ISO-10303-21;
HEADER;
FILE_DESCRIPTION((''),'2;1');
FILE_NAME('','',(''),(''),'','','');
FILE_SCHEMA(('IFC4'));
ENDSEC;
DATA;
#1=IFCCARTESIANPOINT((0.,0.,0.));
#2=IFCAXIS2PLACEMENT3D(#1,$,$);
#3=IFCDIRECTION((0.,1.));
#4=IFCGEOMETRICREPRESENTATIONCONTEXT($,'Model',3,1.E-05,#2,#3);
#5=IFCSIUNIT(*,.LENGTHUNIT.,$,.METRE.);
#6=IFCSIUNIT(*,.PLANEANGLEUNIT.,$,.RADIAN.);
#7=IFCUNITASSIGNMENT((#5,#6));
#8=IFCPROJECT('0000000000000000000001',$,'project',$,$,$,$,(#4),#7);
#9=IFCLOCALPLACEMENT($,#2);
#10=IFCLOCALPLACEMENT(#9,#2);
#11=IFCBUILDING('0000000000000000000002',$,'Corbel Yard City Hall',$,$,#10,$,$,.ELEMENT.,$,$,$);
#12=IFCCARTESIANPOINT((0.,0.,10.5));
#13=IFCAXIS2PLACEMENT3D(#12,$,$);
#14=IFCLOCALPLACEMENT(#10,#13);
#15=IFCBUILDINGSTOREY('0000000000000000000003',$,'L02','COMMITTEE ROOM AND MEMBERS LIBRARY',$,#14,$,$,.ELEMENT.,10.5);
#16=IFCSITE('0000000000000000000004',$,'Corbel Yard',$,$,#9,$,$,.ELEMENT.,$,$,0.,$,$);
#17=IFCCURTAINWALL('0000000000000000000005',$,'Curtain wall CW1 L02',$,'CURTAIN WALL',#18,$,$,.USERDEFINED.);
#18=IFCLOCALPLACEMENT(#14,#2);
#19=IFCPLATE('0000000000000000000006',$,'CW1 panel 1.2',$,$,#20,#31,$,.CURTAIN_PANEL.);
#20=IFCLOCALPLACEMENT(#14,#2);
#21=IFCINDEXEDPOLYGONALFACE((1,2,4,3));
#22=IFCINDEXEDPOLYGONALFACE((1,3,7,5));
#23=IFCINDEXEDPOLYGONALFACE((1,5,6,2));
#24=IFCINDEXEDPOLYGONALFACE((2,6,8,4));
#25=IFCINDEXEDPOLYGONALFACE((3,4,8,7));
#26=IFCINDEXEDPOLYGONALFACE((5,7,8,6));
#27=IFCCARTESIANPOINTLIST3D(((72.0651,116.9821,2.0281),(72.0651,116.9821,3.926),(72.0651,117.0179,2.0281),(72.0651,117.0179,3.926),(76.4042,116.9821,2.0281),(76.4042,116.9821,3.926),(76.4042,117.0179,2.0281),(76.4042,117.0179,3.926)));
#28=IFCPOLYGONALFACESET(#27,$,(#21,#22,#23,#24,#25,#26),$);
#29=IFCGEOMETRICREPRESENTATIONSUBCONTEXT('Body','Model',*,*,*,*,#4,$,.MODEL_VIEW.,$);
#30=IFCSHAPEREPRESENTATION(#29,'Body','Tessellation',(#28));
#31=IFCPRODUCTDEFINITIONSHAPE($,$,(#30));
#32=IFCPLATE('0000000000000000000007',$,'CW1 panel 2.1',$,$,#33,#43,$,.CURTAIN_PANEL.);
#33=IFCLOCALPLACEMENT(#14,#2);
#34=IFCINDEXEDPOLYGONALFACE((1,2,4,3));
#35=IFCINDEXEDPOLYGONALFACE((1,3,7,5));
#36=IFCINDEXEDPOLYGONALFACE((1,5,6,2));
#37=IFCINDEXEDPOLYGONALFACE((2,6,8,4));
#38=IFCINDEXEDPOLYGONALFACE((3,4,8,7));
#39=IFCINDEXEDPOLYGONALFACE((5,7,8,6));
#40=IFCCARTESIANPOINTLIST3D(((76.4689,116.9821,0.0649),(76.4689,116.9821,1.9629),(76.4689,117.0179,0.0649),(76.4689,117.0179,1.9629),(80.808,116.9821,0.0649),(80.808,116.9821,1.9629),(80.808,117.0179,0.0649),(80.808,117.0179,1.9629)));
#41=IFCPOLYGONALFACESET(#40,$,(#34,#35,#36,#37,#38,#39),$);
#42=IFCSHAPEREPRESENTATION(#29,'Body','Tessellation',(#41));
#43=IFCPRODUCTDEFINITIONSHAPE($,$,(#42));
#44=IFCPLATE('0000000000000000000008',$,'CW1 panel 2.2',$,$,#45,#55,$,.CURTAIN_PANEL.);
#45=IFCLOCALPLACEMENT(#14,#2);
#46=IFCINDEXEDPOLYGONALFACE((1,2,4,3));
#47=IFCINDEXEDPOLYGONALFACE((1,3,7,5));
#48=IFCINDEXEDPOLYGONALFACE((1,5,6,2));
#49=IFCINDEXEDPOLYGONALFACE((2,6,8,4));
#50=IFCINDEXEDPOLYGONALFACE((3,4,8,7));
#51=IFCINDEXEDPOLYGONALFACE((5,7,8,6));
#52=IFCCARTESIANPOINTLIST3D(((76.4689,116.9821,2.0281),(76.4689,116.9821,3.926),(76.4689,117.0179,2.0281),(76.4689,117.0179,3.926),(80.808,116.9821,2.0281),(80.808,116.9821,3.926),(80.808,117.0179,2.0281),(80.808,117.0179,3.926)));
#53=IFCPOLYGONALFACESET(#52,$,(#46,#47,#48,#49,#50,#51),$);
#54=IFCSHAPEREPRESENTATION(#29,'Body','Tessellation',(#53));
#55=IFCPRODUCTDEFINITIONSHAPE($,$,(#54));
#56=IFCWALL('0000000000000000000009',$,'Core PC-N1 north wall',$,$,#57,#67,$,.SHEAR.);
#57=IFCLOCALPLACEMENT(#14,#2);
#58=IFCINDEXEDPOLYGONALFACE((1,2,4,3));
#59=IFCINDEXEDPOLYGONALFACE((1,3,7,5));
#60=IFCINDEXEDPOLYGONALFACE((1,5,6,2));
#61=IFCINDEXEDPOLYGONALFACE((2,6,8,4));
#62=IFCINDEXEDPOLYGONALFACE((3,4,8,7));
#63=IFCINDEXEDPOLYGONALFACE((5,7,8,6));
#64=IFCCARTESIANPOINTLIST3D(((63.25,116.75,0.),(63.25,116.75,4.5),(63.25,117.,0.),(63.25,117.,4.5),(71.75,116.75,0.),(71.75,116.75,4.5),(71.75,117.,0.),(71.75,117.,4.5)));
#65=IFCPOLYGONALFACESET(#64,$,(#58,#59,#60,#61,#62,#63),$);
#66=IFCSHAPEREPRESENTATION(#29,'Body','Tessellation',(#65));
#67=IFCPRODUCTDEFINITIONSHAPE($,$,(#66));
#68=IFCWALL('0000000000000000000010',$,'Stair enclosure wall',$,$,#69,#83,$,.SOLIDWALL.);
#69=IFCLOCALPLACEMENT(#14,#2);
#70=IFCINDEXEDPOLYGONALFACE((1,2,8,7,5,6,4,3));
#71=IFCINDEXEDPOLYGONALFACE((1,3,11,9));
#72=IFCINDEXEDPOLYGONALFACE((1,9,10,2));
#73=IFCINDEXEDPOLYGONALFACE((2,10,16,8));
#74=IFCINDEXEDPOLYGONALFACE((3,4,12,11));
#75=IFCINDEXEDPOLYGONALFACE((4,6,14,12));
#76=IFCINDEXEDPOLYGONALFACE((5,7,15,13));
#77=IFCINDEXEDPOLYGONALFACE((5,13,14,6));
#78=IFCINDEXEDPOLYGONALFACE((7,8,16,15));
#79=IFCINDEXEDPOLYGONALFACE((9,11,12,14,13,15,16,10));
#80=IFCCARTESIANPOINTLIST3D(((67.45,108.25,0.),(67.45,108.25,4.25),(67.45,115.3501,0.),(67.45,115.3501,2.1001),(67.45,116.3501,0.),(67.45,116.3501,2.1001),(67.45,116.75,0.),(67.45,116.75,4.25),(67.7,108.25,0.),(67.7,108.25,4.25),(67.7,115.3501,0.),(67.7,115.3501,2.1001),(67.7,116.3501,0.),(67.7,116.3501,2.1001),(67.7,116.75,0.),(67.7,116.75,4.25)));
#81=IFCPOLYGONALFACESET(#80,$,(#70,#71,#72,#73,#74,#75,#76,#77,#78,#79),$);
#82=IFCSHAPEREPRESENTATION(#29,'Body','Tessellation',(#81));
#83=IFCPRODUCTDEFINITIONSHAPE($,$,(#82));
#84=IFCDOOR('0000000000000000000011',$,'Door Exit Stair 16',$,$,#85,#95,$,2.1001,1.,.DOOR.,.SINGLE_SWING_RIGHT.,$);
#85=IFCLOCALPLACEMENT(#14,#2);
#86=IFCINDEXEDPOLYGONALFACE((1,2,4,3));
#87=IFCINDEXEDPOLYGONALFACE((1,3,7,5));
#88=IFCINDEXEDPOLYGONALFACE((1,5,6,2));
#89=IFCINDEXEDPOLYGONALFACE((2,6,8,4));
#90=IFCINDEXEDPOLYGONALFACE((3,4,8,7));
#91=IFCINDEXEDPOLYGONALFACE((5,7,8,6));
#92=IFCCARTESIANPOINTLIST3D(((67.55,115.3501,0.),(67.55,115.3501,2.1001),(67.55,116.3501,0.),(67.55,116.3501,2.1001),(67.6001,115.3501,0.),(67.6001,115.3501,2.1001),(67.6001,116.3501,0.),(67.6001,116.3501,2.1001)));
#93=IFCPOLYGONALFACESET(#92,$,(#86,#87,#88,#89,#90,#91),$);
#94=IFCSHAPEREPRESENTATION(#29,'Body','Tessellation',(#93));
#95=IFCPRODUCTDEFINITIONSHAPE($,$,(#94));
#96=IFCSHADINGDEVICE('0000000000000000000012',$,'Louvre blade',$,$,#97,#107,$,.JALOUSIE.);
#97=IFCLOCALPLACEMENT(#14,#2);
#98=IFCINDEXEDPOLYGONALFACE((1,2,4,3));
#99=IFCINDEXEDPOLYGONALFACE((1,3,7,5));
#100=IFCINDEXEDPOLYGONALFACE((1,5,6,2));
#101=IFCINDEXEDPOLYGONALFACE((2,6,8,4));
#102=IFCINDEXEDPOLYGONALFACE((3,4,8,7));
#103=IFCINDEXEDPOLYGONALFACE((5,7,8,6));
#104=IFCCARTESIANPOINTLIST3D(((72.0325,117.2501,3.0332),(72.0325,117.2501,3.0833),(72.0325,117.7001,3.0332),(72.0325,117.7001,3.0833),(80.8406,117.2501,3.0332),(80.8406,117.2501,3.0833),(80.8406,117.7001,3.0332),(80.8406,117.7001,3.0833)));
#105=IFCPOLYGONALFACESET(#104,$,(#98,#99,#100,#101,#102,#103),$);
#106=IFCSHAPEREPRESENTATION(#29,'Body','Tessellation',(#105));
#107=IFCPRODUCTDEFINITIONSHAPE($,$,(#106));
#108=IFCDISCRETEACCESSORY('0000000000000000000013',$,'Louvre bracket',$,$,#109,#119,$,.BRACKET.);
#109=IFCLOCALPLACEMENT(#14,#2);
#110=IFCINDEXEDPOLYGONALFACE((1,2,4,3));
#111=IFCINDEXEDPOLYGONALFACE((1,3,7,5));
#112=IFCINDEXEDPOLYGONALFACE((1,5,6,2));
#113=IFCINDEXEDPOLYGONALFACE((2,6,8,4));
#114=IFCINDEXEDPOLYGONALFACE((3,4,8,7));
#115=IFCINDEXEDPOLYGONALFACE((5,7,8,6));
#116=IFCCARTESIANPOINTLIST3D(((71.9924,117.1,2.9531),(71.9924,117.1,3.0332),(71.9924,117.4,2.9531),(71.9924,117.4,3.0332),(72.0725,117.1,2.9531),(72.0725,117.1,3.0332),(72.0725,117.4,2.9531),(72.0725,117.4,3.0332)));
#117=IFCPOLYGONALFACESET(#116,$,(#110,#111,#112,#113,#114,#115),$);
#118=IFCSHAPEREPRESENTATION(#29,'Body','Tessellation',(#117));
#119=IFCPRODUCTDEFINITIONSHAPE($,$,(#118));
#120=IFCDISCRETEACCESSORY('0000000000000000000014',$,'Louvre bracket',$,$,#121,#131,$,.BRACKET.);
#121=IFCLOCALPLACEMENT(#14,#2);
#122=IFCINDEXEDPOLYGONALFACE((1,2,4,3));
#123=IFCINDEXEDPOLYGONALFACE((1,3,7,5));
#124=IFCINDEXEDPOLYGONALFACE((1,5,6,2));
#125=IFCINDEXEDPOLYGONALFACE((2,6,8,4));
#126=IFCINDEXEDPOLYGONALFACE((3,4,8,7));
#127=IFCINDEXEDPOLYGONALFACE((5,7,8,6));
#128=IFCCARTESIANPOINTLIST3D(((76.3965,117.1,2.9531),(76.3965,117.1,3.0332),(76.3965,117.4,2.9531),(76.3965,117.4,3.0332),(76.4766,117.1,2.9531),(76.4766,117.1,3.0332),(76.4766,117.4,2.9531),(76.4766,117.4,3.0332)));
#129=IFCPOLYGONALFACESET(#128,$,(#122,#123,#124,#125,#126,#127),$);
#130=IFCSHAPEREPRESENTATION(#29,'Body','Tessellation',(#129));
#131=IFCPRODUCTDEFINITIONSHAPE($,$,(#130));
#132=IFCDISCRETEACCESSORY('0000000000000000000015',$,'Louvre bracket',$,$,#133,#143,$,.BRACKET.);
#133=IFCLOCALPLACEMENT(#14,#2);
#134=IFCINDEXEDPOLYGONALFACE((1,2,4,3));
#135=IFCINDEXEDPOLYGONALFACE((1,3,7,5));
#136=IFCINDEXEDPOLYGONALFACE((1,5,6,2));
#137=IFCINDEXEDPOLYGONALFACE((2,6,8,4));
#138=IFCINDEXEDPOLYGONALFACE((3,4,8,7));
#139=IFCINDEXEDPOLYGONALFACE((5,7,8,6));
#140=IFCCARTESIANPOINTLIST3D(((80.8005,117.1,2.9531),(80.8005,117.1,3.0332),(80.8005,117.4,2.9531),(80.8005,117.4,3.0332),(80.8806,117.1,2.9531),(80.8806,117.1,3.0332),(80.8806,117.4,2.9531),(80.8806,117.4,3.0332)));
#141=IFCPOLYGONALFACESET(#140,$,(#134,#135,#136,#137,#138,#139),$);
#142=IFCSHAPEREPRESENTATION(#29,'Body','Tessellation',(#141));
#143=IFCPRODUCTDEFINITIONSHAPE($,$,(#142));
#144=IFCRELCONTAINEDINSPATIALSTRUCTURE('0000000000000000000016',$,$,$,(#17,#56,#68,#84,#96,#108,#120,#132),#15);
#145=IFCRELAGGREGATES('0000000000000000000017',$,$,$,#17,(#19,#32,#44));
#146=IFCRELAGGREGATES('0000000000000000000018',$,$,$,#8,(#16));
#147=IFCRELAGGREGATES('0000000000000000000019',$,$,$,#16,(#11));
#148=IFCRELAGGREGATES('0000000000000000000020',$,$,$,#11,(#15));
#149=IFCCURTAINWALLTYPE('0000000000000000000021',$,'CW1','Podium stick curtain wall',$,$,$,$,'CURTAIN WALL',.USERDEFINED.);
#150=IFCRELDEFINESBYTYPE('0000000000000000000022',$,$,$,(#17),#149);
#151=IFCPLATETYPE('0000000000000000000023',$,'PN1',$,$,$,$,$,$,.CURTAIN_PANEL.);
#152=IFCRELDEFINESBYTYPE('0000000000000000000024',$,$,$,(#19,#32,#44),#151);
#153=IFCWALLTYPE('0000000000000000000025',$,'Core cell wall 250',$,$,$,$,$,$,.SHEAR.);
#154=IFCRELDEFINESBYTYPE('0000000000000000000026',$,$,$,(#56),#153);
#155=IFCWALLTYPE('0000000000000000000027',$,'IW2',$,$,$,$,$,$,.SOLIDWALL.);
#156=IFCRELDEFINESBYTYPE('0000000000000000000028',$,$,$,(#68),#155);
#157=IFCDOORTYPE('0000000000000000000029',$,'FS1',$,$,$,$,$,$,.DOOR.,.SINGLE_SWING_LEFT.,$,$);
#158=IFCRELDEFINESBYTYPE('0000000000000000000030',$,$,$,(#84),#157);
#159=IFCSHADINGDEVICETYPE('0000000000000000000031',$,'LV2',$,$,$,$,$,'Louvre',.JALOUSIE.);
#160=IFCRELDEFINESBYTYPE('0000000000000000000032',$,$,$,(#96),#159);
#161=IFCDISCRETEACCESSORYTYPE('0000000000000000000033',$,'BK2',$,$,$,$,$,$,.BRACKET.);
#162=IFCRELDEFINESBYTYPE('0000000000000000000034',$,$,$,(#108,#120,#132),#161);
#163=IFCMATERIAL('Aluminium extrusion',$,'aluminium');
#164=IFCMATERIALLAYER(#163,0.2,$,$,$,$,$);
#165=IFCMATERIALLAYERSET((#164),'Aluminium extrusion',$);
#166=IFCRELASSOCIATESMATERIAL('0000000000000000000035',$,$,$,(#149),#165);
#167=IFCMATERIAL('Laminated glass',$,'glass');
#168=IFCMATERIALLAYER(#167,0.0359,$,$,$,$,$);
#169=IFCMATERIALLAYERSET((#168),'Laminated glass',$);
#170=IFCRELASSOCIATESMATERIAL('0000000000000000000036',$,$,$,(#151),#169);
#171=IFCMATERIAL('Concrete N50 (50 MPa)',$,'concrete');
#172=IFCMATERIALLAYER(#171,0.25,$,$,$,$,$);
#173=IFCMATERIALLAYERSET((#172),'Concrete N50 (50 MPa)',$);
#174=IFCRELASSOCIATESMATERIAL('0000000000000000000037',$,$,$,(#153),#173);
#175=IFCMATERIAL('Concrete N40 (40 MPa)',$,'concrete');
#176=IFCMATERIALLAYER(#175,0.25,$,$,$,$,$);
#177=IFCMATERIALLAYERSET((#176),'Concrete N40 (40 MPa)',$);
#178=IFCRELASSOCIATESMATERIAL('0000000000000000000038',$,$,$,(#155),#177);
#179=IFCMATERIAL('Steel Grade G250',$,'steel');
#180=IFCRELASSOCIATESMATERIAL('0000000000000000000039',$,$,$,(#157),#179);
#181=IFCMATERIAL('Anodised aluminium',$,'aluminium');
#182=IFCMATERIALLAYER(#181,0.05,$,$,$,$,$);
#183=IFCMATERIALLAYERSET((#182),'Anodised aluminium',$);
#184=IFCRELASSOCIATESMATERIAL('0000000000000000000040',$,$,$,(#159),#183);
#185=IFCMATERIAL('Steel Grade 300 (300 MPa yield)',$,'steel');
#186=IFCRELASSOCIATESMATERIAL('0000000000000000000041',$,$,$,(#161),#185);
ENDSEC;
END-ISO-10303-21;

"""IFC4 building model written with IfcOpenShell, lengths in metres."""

from ifc_helpers import new_model, si_unit, direction, frame, frame_2d, origin, origin_2d, place, context, subcontext, project, spatial, rectangle, extrude, material, layer, layer_set, type_object, element, fill, aggregate, save


model = new_model("IFC4")

# Units and contexts
model_context = context("Model", 3, precision=1e-05, world=origin(), true_north=direction((0.0, 1.0)))
body_context = subcontext(model_context, "Body", "Model", "MODEL_VIEW")
ifc_project = project(units=[si_unit("LENGTHUNIT", "METRE"), si_unit("PLANEANGLEUNIT", "RADIAN")], contexts=[model_context])

# Site, building, storey
site_placement = place(None, origin())
site = spatial("IfcSite", under=ifc_project, at=site_placement, Name="Corbel Yard", CompositionType="ELEMENT", RefElevation=0.0)
building_placement = place(site_placement, origin())
building = spatial("IfcBuilding", under=site, at=building_placement, Name="Corbel Yard City Hall", CompositionType="ELEMENT")
storey_placement = place(building_placement, frame((0.0, 0.0, 10.5)))
storey = spatial("IfcBuildingStorey", under=building, at=storey_placement, Name="L02", Description="COMMITTEE ROOM AND MEMBERS LIBRARY", CompositionType="ELEMENT", Elevation=10.5)

# Shared definitions
ifc_material_1 = material(Name="Steel Grade 300 (300 MPa yield)", Category="steel")

# Curtain wall, plates
ifc_material_2 = material(Name="Aluminium extrusion", Category="aluminium")
ifc_layer_1 = layer(ifc_material_2, 0.2)
ifc_layer_set_1 = layer_set([ifc_layer_1], Name="Aluminium extrusion")
curtain_wall_type = type_object("IfcCurtainWallType", Name="CW1", Description="Podium stick curtain wall", ElementType="CURTAIN WALL", PredefinedType="USERDEFINED", material=ifc_layer_set_1)
curtain_wall_placement = place(storey_placement, origin())
curtain_wall = element("IfcCurtainWall", 1, at=curtain_wall_placement, inside=storey, type_object=curtain_wall_type, Name="Curtain wall CW1 L02", ObjectType="CURTAIN WALL", PredefinedType="USERDEFINED")
ifc_material_3 = material(Name="Laminated glass", Category="glass")
ifc_layer_2 = layer(ifc_material_3, 0.0359)
ifc_layer_set_2 = layer_set([ifc_layer_2], Name="Laminated glass")
plate_type = type_object("IfcPlateType", Name="PN1", PredefinedType="CURTAIN_PANEL", material=ifc_layer_set_2)
plate_1_placement = place(storey_placement, frame((74.2346, 117.0, 2.0281), z_axis=(0.0, 0.0, 1.0), x_axis=(1.0, 0.0, 0.0)))
plate_1 = element("IfcPlate", 2, at=plate_1_placement, type_object=plate_type, Name="CW1 panel 1.2", PredefinedType="CURTAIN_PANEL", context=body_context, shape_type="SweptSolid", body=[
    extrude(rectangle(XDim=4.3391, YDim=0.0359, at=origin_2d()), origin(), (0.0, 0.0, 1.0), 1.8979),
])
plate_2_placement = place(storey_placement, frame((78.6384, 117.0, 0.0649), z_axis=(0.0, 0.0, 1.0), x_axis=(1.0, 0.0, 0.0)))
plate_2 = element("IfcPlate", 3, at=plate_2_placement, type_object=plate_type, Name="CW1 panel 2.1", PredefinedType="CURTAIN_PANEL", context=body_context, shape_type="SweptSolid", body=[
    extrude(rectangle(XDim=4.3391, YDim=0.0359, at=origin_2d()), origin(), (0.0, 0.0, 1.0), 1.8979),
])
plate_3_placement = place(storey_placement, frame((78.6384, 117.0, 2.0281), z_axis=(0.0, 0.0, 1.0), x_axis=(1.0, 0.0, 0.0)))
plate_3 = element("IfcPlate", 4, at=plate_3_placement, type_object=plate_type, Name="CW1 panel 2.2", PredefinedType="CURTAIN_PANEL", context=body_context, shape_type="SweptSolid", body=[
    extrude(rectangle(XDim=4.3391, YDim=0.0359, at=origin_2d()), origin(), (0.0, 0.0, 1.0), 1.8979),
])
aggregate(curtain_wall, [plate_1, plate_2, plate_3])

# Wall
ifc_material_4 = material(Name="Concrete N50 (50 MPa)", Category="concrete")
ifc_layer_3 = layer(ifc_material_4, 0.25)
ifc_layer_set_3 = layer_set([ifc_layer_3], Name="Concrete N50 (50 MPa)")
wall_type_1 = type_object("IfcWallType", Name="Core cell wall 250", PredefinedType="SHEAR", material=ifc_layer_set_3)
wall_1_placement = place(storey_placement, frame((63.25, 116.875, 0.0), z_axis=(0.0, 0.0, 1.0), x_axis=(1.0, 0.0, 0.0)))
element("IfcWall", 5, at=wall_1_placement, inside=storey, type_object=wall_type_1, Name="Core PC-N1 north wall", PredefinedType="SHEAR", context=body_context, shape_type="SweptSolid", body=[
    extrude(rectangle(XDim=8.5, YDim=0.25, at=frame_2d((4.25, 0.0))), origin(), (0.0, 0.0, 1.0), 4.5),
])

# Wall, opening, door
ifc_material_5 = material(Name="Concrete N40 (40 MPa)", Category="concrete")
ifc_layer_4 = layer(ifc_material_5, 0.25)
ifc_layer_set_4 = layer_set([ifc_layer_4], Name="Concrete N40 (40 MPa)")
wall_type_2 = type_object("IfcWallType", Name="IW2", PredefinedType="SOLIDWALL", material=ifc_layer_set_4)
wall_2_placement = place(storey_placement, frame((67.575, 116.75, 0.0), z_axis=(0.0, 0.0, 1.0), x_axis=(0.0, -1.0, 0.0)))
wall_2 = element("IfcWall", 6, at=wall_2_placement, inside=storey, type_object=wall_type_2, Name="Stair enclosure wall", PredefinedType="SOLIDWALL", context=body_context, shape_type="SweptSolid", body=[
    extrude(rectangle(XDim=8.5, YDim=0.25, at=frame_2d((4.25, 0.0))), origin(), (0.0, 0.0, 1.0), 4.25),
])
opening_placement = place(wall_2_placement, frame((0.3999, 0.0, 0.0)))
opening = element("IfcOpeningElement", 7, at=opening_placement, cuts=wall_2, PredefinedType="OPENING", context=body_context, shape_type="SweptSolid", body=[
    extrude(rectangle(XDim=1.0, YDim=2.1001, at=frame_2d((0.5, 1.05))), frame((0.0, 0.135, 0.0), z_axis=(0.0, -1.0, 0.0), x_axis=(1.0, 0.0, 0.0)), (0.0, 0.0, 1.0), 0.27),
])
ifc_material_6 = material(Name="Steel Grade G250", Category="steel")
door_type = type_object("IfcDoorType", Name="FS1", OperationType="SINGLE_SWING_LEFT", PredefinedType="DOOR", material=ifc_material_6)
door_placement = place(opening_placement, frame((1.0, 0.0, 0.0), z_axis=(0.0, 0.0, 1.0), x_axis=(-1.0, 0.0, 0.0)))
door = element("IfcDoor", 8, at=door_placement, inside=storey, type_object=door_type, Name="Door Exit Stair 16", OperationType="SINGLE_SWING_RIGHT", OverallHeight=2.1001, OverallWidth=1.0, PredefinedType="DOOR", context=body_context, shape_type="SweptSolid", body=[
    extrude(rectangle(XDim=1.0, YDim=2.1001, at=frame_2d((0.5, 1.05))), frame((0.0, 0.0249, 0.0), z_axis=(0.0, -1.0, 0.0), x_axis=(1.0, 0.0, 0.0)), (0.0, 0.0, 1.0), 0.05),
])
fill(opening, door)

# Shading device
ifc_material_7 = material(Name="Anodised aluminium", Category="aluminium")
ifc_layer_5 = layer(ifc_material_7, 0.05)
ifc_layer_set_5 = layer_set([ifc_layer_5], Name="Anodised aluminium")
shading_device_type = type_object("IfcShadingDeviceType", Name="LV2", ElementType="Louvre", PredefinedType="JALOUSIE", material=ifc_layer_set_5)
shading_device_placement = place(storey_placement, frame((76.4365, 117.4751, 3.0332), z_axis=(0.0, 0.0, 1.0), x_axis=(1.0, 0.0, 0.0)))
element("IfcShadingDevice", 9, at=shading_device_placement, inside=storey, type_object=shading_device_type, Name="Louvre blade", PredefinedType="JALOUSIE", context=body_context, shape_type="SweptSolid", body=[
    extrude(rectangle(XDim=8.8081, YDim=0.45, at=origin_2d()), origin(), (0.0, 0.0, 1.0), 0.05),
])

# Discrete accessories
discrete_accessory_type = type_object("IfcDiscreteAccessoryType", Name="BK2", PredefinedType="BRACKET", material=ifc_material_1)
for number, where, z_axis, x_axis, name in (
    (10, (72.0325, 117.25, 2.9531), (0.0, 0.0, 1.0), (1.0, 0.0, 0.0), "Louvre bracket"),
    (11, (76.4365, 117.25, 2.9531), (0.0, 0.0, 1.0), (1.0, 0.0, 0.0), "Louvre bracket"),
    (12, (80.8406, 117.25, 2.9531), (0.0, 0.0, 1.0), (1.0, 0.0, 0.0), "Louvre bracket"),
):
    element("IfcDiscreteAccessory", number, at=place(storey_placement, frame(where, z_axis=z_axis, x_axis=x_axis)), inside=storey, type_object=discrete_accessory_type, Name=name, PredefinedType="BRACKET", context=body_context, shape_type="SweptSolid", body=[
        extrude(rectangle(XDim=0.0801, YDim=0.3, at=origin_2d()), origin(), (0.0, 0.0, 1.0), 0.0801),
    ])

save(model, "model.ifc")
